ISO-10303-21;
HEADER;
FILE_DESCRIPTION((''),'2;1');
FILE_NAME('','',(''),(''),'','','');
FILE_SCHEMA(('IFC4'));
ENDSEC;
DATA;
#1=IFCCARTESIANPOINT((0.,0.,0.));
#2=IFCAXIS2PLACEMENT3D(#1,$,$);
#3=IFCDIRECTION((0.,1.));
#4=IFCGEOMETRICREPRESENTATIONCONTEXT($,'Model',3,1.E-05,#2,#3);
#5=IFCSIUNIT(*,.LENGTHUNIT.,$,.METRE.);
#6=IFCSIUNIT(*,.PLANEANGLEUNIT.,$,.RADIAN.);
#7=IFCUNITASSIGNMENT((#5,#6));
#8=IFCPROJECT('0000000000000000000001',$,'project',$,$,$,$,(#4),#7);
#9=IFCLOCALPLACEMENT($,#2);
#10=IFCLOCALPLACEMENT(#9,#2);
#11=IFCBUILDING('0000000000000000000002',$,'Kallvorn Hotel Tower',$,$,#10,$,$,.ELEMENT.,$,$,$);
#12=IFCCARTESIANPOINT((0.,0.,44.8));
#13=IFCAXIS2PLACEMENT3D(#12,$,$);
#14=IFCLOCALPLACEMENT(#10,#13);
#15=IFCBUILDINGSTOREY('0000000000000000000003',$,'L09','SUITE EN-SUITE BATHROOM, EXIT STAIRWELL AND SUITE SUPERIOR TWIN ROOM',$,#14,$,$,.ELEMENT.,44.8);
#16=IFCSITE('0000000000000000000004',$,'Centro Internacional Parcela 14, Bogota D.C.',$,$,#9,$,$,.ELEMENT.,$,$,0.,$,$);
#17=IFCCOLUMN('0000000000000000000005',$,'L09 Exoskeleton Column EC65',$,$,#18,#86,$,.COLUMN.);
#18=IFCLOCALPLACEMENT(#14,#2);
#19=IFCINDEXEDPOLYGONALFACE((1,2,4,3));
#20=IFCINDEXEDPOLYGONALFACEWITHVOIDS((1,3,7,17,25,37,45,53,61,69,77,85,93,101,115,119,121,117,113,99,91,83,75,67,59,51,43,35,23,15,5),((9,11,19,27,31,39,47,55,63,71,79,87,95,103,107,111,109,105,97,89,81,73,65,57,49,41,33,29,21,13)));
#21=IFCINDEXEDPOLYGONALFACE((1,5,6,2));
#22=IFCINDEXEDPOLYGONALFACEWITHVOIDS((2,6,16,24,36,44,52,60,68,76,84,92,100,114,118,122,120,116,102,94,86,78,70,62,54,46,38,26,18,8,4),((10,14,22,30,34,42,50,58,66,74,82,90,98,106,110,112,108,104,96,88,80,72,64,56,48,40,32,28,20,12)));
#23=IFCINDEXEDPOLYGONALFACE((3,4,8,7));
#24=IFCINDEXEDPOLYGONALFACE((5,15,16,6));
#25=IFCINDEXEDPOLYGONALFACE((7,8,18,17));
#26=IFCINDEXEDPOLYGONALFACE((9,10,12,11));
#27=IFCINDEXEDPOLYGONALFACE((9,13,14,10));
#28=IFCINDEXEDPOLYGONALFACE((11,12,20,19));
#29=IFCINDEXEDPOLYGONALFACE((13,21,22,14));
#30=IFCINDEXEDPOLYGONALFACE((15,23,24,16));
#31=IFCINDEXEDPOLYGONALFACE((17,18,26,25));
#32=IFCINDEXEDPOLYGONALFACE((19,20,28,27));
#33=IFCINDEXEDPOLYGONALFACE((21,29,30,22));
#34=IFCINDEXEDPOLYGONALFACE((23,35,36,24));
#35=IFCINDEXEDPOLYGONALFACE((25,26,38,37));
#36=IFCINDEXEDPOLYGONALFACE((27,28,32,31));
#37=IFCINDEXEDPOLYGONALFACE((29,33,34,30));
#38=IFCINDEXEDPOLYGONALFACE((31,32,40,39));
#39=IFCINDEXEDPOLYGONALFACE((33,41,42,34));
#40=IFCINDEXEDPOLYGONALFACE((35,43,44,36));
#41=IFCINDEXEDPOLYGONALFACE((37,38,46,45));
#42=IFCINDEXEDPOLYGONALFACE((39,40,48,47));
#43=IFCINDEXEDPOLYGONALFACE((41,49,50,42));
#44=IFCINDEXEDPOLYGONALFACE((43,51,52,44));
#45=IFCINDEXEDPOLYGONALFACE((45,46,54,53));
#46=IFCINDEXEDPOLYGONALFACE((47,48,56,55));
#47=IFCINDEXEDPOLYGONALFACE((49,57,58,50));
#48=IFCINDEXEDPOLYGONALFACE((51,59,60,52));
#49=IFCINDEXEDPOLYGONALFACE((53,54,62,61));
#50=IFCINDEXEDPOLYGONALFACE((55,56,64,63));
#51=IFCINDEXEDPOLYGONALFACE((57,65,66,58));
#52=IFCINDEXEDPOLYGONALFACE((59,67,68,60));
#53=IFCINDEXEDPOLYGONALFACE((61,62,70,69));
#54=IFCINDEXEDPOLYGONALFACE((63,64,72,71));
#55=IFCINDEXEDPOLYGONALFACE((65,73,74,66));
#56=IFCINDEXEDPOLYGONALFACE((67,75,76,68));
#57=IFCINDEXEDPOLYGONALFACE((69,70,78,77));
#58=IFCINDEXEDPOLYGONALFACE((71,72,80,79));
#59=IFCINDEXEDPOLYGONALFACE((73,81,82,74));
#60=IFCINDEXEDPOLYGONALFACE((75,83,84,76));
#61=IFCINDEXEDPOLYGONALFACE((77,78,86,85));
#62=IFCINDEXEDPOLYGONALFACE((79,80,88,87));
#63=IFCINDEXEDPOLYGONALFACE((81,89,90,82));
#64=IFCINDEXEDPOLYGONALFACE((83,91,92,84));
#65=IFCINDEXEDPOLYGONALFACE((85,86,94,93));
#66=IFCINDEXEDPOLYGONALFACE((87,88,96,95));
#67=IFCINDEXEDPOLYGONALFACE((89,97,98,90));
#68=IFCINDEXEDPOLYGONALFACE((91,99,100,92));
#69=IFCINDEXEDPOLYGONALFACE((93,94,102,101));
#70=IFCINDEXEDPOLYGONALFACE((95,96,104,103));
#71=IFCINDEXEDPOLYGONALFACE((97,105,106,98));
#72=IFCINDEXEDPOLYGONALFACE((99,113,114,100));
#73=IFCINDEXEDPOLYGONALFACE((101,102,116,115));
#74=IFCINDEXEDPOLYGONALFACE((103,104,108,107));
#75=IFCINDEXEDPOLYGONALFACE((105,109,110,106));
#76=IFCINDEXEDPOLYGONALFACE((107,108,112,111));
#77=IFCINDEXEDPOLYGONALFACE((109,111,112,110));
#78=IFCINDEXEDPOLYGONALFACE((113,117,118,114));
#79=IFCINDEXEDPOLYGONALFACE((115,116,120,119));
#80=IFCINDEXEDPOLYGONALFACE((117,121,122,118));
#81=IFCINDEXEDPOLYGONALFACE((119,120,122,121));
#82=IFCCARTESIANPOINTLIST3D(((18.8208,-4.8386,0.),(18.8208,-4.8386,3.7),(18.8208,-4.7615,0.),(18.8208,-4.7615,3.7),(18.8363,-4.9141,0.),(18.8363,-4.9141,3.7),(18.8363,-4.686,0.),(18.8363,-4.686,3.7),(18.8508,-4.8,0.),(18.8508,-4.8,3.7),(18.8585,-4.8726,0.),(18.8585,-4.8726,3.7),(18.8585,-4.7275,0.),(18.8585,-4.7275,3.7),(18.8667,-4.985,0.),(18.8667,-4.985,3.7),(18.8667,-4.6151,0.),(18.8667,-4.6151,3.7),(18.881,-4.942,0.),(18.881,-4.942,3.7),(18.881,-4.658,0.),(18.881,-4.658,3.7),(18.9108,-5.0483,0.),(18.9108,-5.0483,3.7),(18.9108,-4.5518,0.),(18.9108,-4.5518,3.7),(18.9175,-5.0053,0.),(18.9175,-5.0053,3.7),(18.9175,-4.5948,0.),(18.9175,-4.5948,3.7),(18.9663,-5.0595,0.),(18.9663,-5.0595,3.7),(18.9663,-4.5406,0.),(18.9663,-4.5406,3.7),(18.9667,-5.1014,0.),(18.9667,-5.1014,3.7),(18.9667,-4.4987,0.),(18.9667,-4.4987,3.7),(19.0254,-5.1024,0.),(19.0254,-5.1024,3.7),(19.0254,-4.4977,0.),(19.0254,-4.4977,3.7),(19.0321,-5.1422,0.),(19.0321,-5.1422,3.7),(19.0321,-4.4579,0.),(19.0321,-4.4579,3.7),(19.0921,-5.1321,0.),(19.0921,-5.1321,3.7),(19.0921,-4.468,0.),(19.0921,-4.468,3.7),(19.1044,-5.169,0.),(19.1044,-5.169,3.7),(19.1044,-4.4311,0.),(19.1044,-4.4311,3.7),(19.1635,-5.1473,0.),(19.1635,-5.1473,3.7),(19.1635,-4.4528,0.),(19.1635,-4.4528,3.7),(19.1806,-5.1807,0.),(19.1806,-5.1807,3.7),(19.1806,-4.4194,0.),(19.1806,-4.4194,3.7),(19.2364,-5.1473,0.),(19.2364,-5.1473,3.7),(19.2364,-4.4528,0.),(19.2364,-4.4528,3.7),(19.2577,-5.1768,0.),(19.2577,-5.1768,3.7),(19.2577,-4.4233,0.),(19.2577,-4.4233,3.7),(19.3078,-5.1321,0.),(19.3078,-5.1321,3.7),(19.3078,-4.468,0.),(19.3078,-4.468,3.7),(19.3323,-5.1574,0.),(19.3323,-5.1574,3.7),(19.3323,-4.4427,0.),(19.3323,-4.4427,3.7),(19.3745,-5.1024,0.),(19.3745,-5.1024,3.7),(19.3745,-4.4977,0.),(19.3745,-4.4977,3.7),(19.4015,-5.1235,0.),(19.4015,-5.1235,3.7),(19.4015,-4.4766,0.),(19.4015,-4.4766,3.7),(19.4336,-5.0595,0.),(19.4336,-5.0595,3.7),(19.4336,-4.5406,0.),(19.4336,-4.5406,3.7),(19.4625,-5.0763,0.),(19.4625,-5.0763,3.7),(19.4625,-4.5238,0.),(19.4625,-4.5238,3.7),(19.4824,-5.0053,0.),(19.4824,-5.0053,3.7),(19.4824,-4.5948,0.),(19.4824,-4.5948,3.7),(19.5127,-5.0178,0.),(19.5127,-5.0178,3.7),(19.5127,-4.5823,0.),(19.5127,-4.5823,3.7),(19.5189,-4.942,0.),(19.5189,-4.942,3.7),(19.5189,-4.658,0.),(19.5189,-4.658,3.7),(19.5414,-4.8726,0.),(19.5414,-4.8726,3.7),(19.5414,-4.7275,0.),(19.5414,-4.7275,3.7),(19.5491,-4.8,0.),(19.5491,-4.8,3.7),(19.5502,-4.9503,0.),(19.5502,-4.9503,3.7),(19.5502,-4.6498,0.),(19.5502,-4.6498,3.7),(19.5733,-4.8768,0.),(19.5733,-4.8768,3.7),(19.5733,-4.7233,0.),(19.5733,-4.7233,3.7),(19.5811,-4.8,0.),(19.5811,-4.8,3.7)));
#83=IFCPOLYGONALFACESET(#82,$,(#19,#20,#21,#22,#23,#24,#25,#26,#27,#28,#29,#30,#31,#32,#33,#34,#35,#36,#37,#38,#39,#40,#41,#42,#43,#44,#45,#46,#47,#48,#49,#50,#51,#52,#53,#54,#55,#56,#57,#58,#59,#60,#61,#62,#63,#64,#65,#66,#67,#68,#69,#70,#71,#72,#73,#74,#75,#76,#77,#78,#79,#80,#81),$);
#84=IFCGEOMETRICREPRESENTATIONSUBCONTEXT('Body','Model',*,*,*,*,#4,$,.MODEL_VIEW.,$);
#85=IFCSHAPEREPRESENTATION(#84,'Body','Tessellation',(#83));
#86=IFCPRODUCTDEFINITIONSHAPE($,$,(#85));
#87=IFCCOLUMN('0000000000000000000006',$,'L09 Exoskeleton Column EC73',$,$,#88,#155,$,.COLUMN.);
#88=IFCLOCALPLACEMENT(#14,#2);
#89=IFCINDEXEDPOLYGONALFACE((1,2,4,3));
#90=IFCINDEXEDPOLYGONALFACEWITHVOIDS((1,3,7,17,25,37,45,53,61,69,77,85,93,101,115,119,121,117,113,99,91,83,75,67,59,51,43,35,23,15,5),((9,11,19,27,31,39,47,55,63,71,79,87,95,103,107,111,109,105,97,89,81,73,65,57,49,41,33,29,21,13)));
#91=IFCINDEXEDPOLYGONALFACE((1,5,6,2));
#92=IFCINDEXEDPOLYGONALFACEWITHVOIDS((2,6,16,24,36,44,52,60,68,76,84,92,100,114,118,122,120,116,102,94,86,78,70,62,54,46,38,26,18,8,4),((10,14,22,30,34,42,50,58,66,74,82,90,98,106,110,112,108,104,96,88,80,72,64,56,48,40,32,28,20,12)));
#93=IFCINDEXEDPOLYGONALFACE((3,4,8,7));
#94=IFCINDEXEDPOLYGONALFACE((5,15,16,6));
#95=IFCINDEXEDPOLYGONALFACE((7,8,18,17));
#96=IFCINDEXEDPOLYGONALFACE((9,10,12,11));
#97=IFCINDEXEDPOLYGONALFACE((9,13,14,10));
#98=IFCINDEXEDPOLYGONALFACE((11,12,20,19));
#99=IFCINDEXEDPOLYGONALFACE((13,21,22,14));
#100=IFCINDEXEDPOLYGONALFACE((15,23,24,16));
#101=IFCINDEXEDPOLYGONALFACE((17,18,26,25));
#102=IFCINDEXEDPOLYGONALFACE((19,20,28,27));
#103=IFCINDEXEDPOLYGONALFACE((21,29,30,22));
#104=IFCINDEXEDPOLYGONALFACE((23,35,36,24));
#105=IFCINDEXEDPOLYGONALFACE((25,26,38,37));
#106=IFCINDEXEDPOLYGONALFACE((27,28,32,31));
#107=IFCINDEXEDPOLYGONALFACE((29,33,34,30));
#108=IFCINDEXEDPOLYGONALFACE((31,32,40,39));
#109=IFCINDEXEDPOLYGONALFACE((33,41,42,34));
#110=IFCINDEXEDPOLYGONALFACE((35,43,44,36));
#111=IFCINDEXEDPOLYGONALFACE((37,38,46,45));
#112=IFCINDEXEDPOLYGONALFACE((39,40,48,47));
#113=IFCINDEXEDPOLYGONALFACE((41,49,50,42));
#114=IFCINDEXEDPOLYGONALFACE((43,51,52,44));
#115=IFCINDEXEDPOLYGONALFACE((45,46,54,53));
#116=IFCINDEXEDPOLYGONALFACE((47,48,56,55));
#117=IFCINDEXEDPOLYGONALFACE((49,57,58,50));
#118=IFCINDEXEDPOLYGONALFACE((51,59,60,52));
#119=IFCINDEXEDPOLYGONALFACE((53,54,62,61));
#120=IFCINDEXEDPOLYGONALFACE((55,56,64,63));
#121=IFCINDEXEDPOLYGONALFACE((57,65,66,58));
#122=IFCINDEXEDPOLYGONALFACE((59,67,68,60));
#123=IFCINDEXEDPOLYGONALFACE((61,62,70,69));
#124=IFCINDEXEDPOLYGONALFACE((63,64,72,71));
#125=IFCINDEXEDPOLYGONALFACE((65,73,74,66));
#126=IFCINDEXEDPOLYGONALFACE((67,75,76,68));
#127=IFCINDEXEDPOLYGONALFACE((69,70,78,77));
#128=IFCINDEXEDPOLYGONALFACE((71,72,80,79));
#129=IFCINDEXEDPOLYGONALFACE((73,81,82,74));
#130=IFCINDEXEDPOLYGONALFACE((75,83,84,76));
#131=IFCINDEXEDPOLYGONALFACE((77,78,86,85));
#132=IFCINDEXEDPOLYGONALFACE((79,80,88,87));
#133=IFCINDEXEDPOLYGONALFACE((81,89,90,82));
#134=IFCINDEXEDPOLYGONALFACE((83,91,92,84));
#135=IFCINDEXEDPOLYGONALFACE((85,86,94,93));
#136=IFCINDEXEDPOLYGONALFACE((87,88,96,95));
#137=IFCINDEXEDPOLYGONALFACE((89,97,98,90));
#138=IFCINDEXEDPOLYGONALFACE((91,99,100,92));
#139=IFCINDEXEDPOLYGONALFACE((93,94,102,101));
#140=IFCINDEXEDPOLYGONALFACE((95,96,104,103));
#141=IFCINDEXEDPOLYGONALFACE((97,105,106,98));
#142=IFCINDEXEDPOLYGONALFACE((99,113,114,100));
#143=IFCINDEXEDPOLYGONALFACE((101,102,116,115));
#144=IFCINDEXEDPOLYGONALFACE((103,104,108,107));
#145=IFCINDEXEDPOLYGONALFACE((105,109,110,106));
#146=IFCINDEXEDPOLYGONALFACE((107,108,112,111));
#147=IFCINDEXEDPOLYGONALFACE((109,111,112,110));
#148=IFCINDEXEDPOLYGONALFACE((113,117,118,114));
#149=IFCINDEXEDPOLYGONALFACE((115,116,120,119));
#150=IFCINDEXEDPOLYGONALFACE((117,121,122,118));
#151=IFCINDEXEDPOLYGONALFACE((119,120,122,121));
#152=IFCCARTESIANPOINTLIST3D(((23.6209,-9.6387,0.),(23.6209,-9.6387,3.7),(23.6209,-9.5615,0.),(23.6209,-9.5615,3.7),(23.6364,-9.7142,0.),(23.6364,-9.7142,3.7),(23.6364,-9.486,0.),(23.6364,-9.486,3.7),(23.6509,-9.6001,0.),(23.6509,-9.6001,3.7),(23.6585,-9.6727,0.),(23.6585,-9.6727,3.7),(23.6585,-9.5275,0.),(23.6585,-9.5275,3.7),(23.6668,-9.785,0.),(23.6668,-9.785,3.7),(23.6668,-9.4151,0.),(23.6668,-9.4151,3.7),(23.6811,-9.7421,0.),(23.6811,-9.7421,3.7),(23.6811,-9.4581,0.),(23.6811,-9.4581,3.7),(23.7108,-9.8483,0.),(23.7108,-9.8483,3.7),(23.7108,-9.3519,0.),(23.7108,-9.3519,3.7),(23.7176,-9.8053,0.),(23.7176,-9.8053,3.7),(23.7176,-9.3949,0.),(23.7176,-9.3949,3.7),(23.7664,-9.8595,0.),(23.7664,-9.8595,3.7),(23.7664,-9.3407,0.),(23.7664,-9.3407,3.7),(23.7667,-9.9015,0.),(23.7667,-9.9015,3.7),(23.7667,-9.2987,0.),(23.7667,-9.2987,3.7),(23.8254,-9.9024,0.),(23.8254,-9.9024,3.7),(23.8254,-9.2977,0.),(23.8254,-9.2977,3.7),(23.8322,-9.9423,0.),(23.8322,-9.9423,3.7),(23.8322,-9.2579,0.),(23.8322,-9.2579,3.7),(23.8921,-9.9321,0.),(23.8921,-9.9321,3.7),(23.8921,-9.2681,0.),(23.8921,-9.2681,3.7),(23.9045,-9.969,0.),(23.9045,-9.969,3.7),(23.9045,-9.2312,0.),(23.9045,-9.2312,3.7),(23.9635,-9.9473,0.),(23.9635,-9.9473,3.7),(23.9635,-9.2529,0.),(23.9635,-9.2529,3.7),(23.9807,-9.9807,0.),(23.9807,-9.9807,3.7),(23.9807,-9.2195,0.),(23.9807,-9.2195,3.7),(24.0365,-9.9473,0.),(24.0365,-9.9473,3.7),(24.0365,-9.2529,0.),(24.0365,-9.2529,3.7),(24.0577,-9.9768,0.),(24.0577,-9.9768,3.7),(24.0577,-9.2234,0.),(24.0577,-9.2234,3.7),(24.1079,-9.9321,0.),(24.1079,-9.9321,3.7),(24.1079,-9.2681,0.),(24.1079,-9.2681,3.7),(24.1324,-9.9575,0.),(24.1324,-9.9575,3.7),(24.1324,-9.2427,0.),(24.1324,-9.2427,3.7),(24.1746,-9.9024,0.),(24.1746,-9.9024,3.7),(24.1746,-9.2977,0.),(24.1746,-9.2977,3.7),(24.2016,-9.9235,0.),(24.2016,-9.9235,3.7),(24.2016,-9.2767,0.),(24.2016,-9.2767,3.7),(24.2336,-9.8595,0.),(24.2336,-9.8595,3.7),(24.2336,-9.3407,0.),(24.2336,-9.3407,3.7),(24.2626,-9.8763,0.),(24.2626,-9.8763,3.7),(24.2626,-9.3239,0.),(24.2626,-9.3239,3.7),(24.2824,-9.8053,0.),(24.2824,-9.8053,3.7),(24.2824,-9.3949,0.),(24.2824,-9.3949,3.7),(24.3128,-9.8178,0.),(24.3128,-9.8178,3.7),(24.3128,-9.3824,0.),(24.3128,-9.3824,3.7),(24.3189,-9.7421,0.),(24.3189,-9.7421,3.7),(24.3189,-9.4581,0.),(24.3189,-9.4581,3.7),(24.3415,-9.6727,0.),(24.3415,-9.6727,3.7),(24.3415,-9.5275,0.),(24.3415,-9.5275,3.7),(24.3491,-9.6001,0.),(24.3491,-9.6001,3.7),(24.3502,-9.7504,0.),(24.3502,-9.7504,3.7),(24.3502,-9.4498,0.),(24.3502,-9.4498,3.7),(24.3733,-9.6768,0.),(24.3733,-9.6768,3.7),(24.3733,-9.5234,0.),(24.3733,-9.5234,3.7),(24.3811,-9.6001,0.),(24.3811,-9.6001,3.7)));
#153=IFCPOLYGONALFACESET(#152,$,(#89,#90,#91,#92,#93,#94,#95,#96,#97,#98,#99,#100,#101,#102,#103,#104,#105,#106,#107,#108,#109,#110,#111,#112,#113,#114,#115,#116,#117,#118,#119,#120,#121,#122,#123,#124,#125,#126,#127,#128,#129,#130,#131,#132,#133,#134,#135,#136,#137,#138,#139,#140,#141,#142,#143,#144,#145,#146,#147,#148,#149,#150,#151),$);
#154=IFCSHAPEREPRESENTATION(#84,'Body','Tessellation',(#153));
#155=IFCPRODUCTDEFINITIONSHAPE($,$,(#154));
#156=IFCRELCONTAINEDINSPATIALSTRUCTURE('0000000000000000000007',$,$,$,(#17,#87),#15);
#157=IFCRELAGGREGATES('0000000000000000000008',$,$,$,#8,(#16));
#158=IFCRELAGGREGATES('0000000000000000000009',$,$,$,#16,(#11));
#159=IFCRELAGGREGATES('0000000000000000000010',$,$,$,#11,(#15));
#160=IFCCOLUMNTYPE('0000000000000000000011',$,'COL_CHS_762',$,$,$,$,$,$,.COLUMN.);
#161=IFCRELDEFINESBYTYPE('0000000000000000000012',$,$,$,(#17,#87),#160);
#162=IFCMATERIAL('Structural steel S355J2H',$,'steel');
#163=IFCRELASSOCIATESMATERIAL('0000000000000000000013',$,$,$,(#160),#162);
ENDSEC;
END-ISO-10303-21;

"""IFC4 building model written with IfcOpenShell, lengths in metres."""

from ifc_helpers import new_model, si_unit, direction, frame, origin, origin_2d, place, context, subcontext, project, spatial, hollow_circle, extrude, material, material_profile, profile_set, type_object, element, save


model = new_model("IFC4")

# Units and contexts
model_context = context("Model", 3, precision=1e-05, world=origin(), true_north=direction((0.0, 1.0)))
body_context = subcontext(model_context, "Body", "Model", "MODEL_VIEW")
ifc_project = project(units=[si_unit("LENGTHUNIT", "METRE"), si_unit("PLANEANGLEUNIT", "RADIAN")], contexts=[model_context])

# Site, building, storey
site_placement = place(None, origin())
site = spatial("IfcSite", under=ifc_project, at=site_placement, Name="Centro Internacional Parcela 14, Bogota D.C.", CompositionType="ELEMENT", RefElevation=0.0)
building_placement = place(site_placement, origin())
building = spatial("IfcBuilding", under=site, at=building_placement, Name="Kallvorn Hotel Tower", CompositionType="ELEMENT")
storey_placement = place(building_placement, frame((0.0, 0.0, 44.8)))
storey = spatial("IfcBuildingStorey", under=building, at=storey_placement, Name="L09", Description="SUITE EN-SUITE BATHROOM, EXIT STAIRWELL AND SUITE SUPERIOR TWIN ROOM", CompositionType="ELEMENT", Elevation=44.8)

# Columns
ifc_material_1 = material(Name="Structural steel S355J2H", Category="steel")
ifc_material_profile_1 = material_profile(ifc_material_1, hollow_circle(Radius=0.3811, WallThickness=0.032, at=origin_2d()), Name="CHS 762x32")
ifc_profile_set_1 = profile_set([ifc_material_profile_1], Name="Structural steel S355J2H")
column_type_1 = type_object("IfcColumnType", Name="COL_CHS_762", PredefinedType="COLUMN", material=ifc_profile_set_1)
for number, where, z_axis, x_axis, name in (
    (1, (19.2, -4.8, 0.0), (0.0, 0.0, 1.0), (1.0, 0.0, 0.0), "L09 Exoskeleton Column EC65"),
    (2, (24.0, -9.6001, 0.0), (0.0, 0.0, 1.0), (1.0, 0.0, 0.0), "L09 Exoskeleton Column EC73"),
):
    element("IfcColumn", number, at=place(storey_placement, frame(where, z_axis=z_axis, x_axis=x_axis)), inside=storey, type_object=column_type_1, Name=name, PredefinedType="COLUMN", context=body_context, shape_type="SweptSolid", body=[
        extrude(hollow_circle(Radius=0.3811, WallThickness=0.032, at=origin_2d()), origin(), (0.0, 0.0, 1.0), 3.7),
    ])

save(model, "model.ifc")
